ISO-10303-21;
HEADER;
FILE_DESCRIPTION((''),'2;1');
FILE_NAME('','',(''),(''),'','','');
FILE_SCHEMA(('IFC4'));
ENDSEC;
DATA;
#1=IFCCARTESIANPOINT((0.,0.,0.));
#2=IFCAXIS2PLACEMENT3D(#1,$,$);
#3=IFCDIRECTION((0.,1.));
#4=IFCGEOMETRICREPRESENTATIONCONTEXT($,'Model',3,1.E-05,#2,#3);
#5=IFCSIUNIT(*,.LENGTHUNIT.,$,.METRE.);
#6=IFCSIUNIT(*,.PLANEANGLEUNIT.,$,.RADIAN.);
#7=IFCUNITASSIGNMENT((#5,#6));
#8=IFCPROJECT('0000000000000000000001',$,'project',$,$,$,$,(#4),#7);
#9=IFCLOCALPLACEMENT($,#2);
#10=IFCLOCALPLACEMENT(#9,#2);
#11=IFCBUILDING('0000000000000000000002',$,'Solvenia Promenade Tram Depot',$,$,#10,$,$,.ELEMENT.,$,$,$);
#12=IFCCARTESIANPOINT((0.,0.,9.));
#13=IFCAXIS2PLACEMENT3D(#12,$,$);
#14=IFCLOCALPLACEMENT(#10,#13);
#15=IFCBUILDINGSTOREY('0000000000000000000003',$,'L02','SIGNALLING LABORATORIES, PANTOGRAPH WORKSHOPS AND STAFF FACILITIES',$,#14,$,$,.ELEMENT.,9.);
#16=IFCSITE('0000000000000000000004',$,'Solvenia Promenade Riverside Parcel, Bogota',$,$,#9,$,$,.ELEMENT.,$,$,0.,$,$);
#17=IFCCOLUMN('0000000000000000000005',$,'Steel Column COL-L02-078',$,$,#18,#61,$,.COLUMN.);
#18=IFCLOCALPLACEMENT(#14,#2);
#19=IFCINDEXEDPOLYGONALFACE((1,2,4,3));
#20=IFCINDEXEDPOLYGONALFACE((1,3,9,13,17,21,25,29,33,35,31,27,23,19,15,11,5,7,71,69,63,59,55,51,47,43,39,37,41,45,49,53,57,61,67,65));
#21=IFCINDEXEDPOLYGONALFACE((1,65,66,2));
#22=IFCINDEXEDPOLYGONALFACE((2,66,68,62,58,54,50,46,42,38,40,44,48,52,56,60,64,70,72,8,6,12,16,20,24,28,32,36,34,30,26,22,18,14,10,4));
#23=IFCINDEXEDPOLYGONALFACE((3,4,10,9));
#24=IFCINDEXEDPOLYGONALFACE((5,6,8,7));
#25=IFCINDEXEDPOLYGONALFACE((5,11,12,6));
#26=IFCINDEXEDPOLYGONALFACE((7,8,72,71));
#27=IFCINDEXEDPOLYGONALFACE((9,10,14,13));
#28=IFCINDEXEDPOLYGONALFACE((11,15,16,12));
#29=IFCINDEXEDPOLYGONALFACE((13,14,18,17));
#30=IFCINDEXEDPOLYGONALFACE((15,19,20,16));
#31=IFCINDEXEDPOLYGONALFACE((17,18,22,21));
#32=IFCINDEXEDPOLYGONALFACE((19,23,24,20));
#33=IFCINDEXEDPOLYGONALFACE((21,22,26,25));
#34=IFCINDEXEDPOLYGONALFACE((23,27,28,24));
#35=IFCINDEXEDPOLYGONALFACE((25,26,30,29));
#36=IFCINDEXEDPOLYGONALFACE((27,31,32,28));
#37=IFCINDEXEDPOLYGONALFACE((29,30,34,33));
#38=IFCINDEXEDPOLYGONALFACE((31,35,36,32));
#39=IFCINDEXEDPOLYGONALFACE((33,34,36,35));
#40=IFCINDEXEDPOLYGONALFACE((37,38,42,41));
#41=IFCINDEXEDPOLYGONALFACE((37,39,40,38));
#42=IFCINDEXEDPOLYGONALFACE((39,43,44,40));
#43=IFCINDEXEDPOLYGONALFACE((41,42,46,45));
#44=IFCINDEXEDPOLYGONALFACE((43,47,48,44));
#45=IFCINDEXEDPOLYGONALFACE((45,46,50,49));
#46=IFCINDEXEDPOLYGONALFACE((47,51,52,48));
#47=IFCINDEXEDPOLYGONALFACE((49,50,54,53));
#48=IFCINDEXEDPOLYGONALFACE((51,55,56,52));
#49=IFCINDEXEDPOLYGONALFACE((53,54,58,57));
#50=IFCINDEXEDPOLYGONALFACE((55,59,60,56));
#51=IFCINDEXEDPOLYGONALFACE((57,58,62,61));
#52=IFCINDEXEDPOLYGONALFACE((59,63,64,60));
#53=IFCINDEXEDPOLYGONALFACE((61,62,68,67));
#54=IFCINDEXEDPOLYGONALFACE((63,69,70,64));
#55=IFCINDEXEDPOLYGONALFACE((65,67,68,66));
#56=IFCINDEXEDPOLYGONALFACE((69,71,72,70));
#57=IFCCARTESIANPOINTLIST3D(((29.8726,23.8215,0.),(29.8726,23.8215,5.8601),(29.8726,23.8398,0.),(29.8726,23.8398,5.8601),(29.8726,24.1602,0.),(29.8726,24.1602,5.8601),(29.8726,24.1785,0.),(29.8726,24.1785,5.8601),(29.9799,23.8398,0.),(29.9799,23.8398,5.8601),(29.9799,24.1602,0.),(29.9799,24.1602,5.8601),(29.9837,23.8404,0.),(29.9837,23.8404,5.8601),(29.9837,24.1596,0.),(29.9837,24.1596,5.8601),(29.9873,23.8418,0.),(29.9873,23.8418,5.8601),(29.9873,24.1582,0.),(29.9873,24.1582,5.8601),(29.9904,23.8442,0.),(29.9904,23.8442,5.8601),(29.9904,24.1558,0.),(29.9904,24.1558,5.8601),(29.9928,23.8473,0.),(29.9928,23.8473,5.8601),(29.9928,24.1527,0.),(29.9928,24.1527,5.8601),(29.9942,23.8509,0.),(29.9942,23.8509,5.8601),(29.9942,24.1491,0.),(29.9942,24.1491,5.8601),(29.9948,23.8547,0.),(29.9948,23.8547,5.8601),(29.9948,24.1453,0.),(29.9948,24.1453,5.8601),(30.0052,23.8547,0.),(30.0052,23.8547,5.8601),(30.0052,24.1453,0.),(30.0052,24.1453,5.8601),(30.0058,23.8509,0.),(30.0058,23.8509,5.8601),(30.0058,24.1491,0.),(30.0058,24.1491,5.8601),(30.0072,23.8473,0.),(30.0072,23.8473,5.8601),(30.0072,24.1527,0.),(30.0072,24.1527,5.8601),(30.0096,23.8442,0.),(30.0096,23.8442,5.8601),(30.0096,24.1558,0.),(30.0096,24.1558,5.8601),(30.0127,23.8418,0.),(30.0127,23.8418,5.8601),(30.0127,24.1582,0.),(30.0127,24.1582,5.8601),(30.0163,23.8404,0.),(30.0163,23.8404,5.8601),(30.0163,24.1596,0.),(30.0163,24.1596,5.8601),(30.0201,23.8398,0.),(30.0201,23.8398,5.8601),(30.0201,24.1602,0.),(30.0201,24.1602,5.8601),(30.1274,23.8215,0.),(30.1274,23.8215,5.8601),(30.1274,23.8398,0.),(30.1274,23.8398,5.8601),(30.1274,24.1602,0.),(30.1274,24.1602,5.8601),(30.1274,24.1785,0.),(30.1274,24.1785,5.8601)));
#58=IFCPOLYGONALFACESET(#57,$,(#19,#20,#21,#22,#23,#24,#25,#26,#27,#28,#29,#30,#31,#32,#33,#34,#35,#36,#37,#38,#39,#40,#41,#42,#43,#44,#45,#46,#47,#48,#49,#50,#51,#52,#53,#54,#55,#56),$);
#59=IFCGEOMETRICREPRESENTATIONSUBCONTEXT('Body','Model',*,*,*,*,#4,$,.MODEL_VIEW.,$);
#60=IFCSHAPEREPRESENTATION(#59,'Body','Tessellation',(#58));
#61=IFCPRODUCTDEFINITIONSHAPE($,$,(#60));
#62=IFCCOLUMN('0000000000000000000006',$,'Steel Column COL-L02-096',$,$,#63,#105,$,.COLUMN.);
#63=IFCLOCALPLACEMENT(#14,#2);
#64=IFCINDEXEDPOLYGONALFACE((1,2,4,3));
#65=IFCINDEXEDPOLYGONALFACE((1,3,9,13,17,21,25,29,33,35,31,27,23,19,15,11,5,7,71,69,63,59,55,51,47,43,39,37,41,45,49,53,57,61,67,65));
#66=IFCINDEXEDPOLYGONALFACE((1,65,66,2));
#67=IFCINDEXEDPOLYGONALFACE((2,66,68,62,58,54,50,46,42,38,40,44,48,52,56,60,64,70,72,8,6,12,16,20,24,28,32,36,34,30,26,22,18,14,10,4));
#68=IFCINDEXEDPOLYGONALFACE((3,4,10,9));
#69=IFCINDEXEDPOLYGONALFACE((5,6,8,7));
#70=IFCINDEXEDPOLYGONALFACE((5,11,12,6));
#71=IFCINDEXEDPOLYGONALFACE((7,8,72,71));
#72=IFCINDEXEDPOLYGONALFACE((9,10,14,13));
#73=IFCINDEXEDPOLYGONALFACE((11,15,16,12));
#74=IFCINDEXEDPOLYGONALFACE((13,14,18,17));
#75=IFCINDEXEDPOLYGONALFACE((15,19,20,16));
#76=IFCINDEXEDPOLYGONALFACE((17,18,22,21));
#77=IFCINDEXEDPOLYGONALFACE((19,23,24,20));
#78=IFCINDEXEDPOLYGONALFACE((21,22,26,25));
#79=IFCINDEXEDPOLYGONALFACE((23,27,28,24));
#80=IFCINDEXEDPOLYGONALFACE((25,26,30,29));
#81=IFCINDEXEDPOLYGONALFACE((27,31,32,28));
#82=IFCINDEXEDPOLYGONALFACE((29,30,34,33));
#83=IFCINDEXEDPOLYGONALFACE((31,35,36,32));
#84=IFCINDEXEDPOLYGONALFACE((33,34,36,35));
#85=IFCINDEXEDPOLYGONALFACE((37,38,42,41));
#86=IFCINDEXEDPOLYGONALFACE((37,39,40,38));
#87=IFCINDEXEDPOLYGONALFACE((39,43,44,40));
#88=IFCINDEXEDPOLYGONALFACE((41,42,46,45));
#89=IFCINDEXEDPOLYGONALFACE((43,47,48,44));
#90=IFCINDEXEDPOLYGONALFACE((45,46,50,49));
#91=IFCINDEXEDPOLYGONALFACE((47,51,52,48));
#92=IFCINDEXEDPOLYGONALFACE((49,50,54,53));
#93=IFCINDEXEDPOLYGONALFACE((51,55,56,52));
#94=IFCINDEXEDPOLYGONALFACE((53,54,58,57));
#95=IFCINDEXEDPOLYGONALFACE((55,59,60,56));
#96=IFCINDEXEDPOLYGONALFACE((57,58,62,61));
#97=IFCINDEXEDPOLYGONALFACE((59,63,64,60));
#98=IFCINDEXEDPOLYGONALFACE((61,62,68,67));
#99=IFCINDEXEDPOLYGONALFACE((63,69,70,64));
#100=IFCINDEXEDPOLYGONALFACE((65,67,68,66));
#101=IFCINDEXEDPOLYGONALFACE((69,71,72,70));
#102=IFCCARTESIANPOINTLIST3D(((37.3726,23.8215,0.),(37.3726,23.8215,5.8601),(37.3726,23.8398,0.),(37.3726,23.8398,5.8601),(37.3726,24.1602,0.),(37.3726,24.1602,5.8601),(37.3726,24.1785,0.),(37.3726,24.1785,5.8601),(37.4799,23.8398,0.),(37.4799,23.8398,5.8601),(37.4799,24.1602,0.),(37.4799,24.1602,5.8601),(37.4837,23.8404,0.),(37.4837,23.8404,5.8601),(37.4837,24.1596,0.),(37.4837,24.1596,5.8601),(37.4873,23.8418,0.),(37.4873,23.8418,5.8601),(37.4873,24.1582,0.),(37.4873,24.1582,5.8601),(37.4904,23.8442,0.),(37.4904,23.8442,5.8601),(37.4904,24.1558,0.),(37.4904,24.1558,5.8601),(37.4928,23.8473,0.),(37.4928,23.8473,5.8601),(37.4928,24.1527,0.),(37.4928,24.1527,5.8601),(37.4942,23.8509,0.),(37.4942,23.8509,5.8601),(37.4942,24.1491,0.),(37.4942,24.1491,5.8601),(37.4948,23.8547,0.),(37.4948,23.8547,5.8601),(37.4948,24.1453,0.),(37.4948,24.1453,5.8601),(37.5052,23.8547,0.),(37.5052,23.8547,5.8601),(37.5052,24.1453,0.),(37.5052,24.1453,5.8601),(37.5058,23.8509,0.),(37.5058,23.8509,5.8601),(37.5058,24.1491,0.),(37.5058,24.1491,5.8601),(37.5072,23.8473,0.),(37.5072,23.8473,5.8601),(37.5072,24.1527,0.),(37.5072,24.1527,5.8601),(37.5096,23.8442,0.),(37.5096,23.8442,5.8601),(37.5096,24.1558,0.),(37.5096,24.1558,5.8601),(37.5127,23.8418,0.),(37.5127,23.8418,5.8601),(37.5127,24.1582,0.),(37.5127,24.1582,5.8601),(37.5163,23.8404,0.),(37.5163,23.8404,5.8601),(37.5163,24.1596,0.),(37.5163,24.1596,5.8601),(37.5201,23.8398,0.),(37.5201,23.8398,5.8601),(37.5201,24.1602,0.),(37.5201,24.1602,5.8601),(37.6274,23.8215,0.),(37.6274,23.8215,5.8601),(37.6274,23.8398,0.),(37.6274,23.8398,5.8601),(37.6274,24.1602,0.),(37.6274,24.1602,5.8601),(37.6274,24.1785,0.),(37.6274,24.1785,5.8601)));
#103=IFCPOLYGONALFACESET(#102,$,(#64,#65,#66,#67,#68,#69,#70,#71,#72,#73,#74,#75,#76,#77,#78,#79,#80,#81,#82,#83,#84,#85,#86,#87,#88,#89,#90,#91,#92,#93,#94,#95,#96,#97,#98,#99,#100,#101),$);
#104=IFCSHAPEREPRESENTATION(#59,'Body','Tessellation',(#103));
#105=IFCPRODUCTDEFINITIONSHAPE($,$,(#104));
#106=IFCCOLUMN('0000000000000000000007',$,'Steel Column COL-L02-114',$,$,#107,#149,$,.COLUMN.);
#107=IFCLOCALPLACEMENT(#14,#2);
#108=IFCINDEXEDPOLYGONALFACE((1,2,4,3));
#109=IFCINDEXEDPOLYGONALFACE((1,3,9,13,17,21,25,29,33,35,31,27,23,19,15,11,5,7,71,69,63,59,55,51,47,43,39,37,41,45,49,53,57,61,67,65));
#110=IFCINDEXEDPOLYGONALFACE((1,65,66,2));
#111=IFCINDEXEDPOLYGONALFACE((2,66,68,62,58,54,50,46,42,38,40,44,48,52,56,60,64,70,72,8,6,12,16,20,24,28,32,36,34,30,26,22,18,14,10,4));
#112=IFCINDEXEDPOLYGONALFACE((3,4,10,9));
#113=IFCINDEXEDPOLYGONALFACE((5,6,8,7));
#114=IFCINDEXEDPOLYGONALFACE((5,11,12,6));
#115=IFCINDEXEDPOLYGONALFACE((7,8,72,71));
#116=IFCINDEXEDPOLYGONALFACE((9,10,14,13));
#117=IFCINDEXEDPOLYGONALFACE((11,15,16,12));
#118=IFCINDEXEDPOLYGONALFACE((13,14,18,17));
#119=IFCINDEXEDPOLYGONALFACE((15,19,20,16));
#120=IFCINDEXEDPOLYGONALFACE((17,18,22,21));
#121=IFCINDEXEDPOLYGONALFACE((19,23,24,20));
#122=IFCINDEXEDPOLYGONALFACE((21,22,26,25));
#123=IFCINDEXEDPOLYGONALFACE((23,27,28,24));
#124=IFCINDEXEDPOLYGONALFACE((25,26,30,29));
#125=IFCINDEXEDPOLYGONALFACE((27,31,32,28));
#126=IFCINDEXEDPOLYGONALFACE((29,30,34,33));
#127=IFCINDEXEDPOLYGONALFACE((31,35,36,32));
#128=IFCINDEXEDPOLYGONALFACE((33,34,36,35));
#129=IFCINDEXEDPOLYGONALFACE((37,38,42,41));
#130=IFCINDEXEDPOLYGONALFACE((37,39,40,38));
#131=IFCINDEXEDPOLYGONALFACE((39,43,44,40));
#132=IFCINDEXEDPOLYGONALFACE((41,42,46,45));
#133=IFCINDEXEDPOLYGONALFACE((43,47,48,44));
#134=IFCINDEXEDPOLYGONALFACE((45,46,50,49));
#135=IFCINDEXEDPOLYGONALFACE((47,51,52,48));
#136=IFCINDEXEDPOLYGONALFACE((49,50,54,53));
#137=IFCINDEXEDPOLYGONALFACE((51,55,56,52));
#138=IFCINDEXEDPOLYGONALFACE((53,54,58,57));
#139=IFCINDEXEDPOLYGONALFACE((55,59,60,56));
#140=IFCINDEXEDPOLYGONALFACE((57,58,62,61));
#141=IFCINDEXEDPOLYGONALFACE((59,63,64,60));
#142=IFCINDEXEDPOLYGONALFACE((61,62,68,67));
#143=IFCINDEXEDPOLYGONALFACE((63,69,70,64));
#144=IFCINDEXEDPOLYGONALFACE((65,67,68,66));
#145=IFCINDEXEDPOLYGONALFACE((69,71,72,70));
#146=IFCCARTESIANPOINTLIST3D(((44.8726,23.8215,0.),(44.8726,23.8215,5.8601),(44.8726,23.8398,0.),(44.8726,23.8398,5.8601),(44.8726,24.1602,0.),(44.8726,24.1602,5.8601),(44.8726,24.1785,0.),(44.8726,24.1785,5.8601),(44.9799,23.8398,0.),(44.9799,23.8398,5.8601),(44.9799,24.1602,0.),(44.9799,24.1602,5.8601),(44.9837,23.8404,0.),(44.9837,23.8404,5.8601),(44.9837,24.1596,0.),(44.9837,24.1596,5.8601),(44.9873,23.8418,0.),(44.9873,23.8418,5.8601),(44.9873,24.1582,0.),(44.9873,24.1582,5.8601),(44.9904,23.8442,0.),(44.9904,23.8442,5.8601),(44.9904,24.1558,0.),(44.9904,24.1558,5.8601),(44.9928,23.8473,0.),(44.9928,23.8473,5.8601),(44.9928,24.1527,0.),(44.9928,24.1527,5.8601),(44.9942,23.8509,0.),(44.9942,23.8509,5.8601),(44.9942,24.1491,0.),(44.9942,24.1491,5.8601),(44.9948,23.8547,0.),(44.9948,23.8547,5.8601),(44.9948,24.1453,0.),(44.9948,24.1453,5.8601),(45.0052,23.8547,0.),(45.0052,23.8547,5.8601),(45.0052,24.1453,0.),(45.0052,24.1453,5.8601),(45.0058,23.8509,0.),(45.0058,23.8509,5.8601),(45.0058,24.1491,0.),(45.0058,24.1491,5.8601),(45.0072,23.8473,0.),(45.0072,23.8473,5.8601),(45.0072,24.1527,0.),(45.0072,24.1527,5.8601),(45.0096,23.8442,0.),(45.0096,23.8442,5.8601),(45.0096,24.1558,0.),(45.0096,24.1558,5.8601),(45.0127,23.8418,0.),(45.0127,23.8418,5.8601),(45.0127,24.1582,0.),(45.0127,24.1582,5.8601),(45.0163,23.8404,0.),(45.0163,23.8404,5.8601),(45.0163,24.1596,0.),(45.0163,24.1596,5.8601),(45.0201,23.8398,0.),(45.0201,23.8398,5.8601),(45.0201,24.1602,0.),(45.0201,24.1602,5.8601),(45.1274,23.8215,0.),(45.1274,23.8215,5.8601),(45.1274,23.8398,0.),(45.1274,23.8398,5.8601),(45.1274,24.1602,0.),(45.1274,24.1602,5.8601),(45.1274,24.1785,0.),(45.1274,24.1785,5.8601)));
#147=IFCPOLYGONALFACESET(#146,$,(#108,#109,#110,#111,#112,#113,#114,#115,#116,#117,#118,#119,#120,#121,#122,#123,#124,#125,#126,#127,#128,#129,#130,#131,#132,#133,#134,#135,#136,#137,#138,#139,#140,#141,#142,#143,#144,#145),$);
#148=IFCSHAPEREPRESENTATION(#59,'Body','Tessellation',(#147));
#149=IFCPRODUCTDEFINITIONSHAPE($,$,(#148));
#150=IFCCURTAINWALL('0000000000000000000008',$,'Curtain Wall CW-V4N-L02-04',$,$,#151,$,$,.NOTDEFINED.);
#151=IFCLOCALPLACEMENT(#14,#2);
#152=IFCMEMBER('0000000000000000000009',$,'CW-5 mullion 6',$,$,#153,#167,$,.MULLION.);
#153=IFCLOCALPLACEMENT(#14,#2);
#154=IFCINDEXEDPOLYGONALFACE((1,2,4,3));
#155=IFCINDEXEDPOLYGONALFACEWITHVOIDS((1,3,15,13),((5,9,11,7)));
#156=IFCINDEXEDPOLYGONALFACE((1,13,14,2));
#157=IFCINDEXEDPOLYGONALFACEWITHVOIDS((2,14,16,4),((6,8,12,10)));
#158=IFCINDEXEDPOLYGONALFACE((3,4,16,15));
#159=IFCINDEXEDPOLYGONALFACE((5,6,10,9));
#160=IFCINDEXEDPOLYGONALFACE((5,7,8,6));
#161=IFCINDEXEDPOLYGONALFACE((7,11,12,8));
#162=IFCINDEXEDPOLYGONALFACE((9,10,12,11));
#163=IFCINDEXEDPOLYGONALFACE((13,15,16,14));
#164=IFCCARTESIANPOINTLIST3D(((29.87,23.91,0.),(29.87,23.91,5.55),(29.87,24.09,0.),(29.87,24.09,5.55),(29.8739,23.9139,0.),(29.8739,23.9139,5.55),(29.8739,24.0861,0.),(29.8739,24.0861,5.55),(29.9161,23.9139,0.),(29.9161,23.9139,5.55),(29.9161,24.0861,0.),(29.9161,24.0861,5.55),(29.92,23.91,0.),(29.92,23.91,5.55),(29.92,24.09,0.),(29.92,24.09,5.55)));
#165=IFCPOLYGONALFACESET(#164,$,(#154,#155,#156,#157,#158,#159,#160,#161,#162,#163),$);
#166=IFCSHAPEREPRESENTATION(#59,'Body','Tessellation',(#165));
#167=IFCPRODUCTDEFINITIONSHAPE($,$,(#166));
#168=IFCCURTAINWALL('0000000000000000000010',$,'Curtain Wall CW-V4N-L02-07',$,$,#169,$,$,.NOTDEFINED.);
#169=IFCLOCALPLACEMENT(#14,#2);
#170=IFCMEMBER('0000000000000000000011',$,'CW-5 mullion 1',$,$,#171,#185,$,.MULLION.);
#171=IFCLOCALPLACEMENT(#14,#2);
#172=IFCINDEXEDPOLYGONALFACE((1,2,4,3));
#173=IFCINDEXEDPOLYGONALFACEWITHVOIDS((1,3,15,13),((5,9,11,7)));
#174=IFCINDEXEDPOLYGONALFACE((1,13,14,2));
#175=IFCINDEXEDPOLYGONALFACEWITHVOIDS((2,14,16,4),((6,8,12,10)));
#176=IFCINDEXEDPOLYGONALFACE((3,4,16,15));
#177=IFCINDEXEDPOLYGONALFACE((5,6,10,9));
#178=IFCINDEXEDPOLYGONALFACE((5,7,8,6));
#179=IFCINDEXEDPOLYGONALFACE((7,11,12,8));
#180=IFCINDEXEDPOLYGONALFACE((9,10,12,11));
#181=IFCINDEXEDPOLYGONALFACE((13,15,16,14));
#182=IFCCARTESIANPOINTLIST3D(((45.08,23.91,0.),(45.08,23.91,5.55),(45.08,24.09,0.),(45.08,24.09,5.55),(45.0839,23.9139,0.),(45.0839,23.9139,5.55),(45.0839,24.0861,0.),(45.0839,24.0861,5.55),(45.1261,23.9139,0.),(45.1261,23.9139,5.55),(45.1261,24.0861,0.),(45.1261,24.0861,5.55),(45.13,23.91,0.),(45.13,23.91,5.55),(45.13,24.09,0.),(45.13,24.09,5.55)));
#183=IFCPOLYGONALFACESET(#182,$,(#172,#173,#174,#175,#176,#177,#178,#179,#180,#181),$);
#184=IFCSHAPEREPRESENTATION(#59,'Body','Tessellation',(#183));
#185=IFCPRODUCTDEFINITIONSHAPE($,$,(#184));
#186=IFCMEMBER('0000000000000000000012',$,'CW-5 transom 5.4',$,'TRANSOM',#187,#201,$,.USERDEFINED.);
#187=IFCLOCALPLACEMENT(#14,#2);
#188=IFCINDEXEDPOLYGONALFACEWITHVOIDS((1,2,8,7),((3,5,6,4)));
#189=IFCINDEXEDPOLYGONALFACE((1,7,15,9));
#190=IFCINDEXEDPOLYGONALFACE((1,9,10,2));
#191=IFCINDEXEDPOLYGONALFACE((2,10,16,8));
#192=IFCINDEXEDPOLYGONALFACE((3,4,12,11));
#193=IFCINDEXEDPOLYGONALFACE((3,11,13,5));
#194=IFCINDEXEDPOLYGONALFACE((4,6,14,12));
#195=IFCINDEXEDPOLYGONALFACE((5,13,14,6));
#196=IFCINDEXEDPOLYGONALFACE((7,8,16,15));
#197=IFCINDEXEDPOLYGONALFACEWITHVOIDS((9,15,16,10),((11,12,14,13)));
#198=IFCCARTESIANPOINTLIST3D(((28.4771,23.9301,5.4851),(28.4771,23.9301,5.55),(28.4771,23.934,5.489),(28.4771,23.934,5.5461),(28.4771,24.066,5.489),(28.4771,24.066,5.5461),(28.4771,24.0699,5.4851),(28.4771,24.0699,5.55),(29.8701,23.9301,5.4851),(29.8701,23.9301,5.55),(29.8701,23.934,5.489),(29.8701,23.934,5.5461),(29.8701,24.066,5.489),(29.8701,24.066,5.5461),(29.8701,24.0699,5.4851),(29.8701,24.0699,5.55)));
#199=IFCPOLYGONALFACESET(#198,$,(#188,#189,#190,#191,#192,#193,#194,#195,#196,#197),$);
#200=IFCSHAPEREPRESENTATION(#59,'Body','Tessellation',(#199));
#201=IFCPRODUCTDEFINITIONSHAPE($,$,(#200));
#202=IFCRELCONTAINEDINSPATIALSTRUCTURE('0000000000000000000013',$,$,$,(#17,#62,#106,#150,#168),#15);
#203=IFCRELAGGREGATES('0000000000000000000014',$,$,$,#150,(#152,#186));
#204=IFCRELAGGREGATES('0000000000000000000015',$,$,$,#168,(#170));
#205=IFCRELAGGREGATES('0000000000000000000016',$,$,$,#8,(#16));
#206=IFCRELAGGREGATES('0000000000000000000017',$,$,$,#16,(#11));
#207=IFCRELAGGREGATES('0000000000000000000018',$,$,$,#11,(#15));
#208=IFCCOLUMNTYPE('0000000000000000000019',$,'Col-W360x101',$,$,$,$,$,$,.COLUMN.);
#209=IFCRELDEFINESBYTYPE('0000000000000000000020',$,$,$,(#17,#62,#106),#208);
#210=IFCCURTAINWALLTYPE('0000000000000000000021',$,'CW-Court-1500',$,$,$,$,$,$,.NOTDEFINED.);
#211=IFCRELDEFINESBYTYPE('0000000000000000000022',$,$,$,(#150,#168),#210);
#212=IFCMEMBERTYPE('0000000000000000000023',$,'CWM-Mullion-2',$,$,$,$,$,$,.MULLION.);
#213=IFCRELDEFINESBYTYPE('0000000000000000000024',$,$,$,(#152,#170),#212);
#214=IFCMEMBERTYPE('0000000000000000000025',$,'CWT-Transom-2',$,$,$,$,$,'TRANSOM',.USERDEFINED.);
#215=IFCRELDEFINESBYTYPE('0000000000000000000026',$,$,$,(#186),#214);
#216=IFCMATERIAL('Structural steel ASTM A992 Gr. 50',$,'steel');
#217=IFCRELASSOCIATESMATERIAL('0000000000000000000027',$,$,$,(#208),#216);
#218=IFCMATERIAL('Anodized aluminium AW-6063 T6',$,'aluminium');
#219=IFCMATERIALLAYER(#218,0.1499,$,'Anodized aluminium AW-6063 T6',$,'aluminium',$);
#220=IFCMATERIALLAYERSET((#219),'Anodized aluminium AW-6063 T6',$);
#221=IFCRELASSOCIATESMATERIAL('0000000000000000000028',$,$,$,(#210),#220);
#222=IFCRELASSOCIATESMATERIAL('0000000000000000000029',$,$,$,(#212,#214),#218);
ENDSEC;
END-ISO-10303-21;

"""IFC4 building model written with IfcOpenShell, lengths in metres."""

from ifc_helpers import new_model, si_unit, direction, frame, origin, origin_2d, place, context, subcontext, project, spatial, hollow_rectangle, i_section, extrude, material, layer, layer_set, material_profile, profile_set, type_object, element, aggregate, save


model = new_model("IFC4")

# Units and contexts
model_context = context("Model", 3, precision=1e-05, world=origin(), true_north=direction((0.0, 1.0)))
body_context = subcontext(model_context, "Body", "Model", "MODEL_VIEW")
ifc_project = project(units=[si_unit("LENGTHUNIT", "METRE"), si_unit("PLANEANGLEUNIT", "RADIAN")], contexts=[model_context])

# Site, building, storey
site_placement = place(None, origin())
site = spatial("IfcSite", under=ifc_project, at=site_placement, Name="Solvenia Promenade Riverside Parcel, Bogota", CompositionType="ELEMENT", RefElevation=0.0)
building_placement = place(site_placement, origin())
building = spatial("IfcBuilding", under=site, at=building_placement, Name="Solvenia Promenade Tram Depot", CompositionType="ELEMENT")
storey_placement = place(building_placement, frame((0.0, 0.0, 9.0)))
storey = spatial("IfcBuildingStorey", under=building, at=storey_placement, Name="L02", Description="SIGNALLING LABORATORIES, PANTOGRAPH WORKSHOPS AND STAFF FACILITIES", CompositionType="ELEMENT", Elevation=9.0)

# Columns
ifc_material_1 = material(Name="Structural steel ASTM A992 Gr. 50", Category="steel")
ifc_material_profile_1 = material_profile(ifc_material_1, i_section(OverallWidth=0.2549, OverallDepth=0.3569, WebThickness=0.0105, FlangeThickness=0.0183, FilletRadius=0.0149, at=origin_2d()), Name="W360x101", Category="steel")
ifc_profile_set_1 = profile_set([ifc_material_profile_1], Name="Structural steel ASTM A992 Gr. 50")
column_type = type_object("IfcColumnType", Name="Col-W360x101", PredefinedType="COLUMN", material=ifc_profile_set_1)
for number, where, z_axis, x_axis, name in (
    (1, (30.0, 24.0, 0.0), (0.0, 0.0, 1.0), (1.0, 0.0, 0.0), "Steel Column COL-L02-078"),
    (2, (37.5, 24.0, 0.0), (0.0, 0.0, 1.0), (1.0, 0.0, 0.0), "Steel Column COL-L02-096"),
    (3, (45.0, 24.0, 0.0), (0.0, 0.0, 1.0), (1.0, 0.0, 0.0), "Steel Column COL-L02-114"),
):
    element("IfcColumn", number, at=place(storey_placement, frame(where, z_axis=z_axis, x_axis=x_axis)), inside=storey, type_object=column_type, Name=name, PredefinedType="COLUMN", context=body_context, shape_type="SweptSolid", body=[
        extrude(i_section(OverallWidth=0.2549, OverallDepth=0.3569, WebThickness=0.0105, FlangeThickness=0.0183, FilletRadius=0.0149, at=origin_2d()), origin(), (0.0, 0.0, 1.0), 5.8601),
    ])

# Curtain walls, members
ifc_material_2 = material(Name="Anodized aluminium AW-6063 T6", Category="aluminium")
ifc_layer_1 = layer(ifc_material_2, 0.1499, Name="Anodized aluminium AW-6063 T6", Category="aluminium")
ifc_layer_set_1 = layer_set([ifc_layer_1], Name="Anodized aluminium AW-6063 T6")
curtain_wall_type = type_object("IfcCurtainWallType", Name="CW-Court-1500", PredefinedType="NOTDEFINED", material=ifc_layer_set_1)
curtain_wall_1_placement = place(storey_placement, origin())
curtain_wall_1 = element("IfcCurtainWall", 4, at=curtain_wall_1_placement, inside=storey, type_object=curtain_wall_type, Name="Curtain Wall CW-V4N-L02-04", PredefinedType="NOTDEFINED")
ifc_material_profile_2 = material_profile(ifc_material_2, hollow_rectangle(XDim=0.1799, YDim=0.05, WallThickness=0.0039, at=origin_2d()), Name="ALU-M2", Category="aluminium")
ifc_profile_set_2 = profile_set([ifc_material_profile_2], Name="Anodized aluminium AW-6063 T6")
member_type_1 = type_object("IfcMemberType", Name="CWM-Mullion-2", PredefinedType="MULLION", material=ifc_profile_set_2)
member_1_placement = place(storey_placement, frame((29.895, 24.0, 0.0), z_axis=(0.0, 0.0, 1.0), x_axis=(0.0, 1.0, 0.0)))
member_1 = element("IfcMember", 5, at=member_1_placement, type_object=member_type_1, Name="CW-5 mullion 6", PredefinedType="MULLION", context=body_context, shape_type="SweptSolid", body=[
    extrude(hollow_rectangle(XDim=0.1799, YDim=0.05, WallThickness=0.0039, at=origin_2d()), origin(), (0.0, 0.0, 1.0), 5.55),
])
curtain_wall_2_placement = place(storey_placement, origin())
curtain_wall_2 = element("IfcCurtainWall", 6, at=curtain_wall_2_placement, inside=storey, type_object=curtain_wall_type, Name="Curtain Wall CW-V4N-L02-07", PredefinedType="NOTDEFINED")
member_2_placement = place(storey_placement, frame((45.105, 24.0, 0.0), z_axis=(0.0, 0.0, 1.0), x_axis=(0.0, 1.0, 0.0)))
member_2 = element("IfcMember", 7, at=member_2_placement, type_object=member_type_1, Name="CW-5 mullion 1", PredefinedType="MULLION", context=body_context, shape_type="SweptSolid", body=[
    extrude(hollow_rectangle(XDim=0.1799, YDim=0.05, WallThickness=0.0039, at=origin_2d()), origin(), (0.0, 0.0, 1.0), 5.55),
])

# Member
ifc_material_profile_3 = material_profile(ifc_material_2, hollow_rectangle(XDim=0.1399, YDim=0.0649, WallThickness=0.0039, at=origin_2d()), Name="ALU-T2", Category="aluminium")
ifc_profile_set_3 = profile_set([ifc_material_profile_3], Name="Anodized aluminium AW-6063 T6")
member_type_2 = type_object("IfcMemberType", Name="CWT-Transom-2", ElementType="TRANSOM", PredefinedType="USERDEFINED", material=ifc_profile_set_3)
member_3_placement = place(storey_placement, frame((28.4771, 24.0, 5.5176), z_axis=(1.0, 0.0, 0.0), x_axis=(0.0, 1.0, 0.0)))
member_3 = element("IfcMember", 8, at=member_3_placement, type_object=member_type_2, Name="CW-5 transom 5.4", ObjectType="TRANSOM", PredefinedType="USERDEFINED", context=body_context, shape_type="SweptSolid", body=[
    extrude(hollow_rectangle(XDim=0.1399, YDim=0.0649, WallThickness=0.0039, at=origin_2d()), origin(), (0.0, 0.0, 1.0), 1.3931),
])

aggregate(curtain_wall_1, [member_1, member_3])
aggregate(curtain_wall_2, [member_2])

save(model, "model.ifc")
